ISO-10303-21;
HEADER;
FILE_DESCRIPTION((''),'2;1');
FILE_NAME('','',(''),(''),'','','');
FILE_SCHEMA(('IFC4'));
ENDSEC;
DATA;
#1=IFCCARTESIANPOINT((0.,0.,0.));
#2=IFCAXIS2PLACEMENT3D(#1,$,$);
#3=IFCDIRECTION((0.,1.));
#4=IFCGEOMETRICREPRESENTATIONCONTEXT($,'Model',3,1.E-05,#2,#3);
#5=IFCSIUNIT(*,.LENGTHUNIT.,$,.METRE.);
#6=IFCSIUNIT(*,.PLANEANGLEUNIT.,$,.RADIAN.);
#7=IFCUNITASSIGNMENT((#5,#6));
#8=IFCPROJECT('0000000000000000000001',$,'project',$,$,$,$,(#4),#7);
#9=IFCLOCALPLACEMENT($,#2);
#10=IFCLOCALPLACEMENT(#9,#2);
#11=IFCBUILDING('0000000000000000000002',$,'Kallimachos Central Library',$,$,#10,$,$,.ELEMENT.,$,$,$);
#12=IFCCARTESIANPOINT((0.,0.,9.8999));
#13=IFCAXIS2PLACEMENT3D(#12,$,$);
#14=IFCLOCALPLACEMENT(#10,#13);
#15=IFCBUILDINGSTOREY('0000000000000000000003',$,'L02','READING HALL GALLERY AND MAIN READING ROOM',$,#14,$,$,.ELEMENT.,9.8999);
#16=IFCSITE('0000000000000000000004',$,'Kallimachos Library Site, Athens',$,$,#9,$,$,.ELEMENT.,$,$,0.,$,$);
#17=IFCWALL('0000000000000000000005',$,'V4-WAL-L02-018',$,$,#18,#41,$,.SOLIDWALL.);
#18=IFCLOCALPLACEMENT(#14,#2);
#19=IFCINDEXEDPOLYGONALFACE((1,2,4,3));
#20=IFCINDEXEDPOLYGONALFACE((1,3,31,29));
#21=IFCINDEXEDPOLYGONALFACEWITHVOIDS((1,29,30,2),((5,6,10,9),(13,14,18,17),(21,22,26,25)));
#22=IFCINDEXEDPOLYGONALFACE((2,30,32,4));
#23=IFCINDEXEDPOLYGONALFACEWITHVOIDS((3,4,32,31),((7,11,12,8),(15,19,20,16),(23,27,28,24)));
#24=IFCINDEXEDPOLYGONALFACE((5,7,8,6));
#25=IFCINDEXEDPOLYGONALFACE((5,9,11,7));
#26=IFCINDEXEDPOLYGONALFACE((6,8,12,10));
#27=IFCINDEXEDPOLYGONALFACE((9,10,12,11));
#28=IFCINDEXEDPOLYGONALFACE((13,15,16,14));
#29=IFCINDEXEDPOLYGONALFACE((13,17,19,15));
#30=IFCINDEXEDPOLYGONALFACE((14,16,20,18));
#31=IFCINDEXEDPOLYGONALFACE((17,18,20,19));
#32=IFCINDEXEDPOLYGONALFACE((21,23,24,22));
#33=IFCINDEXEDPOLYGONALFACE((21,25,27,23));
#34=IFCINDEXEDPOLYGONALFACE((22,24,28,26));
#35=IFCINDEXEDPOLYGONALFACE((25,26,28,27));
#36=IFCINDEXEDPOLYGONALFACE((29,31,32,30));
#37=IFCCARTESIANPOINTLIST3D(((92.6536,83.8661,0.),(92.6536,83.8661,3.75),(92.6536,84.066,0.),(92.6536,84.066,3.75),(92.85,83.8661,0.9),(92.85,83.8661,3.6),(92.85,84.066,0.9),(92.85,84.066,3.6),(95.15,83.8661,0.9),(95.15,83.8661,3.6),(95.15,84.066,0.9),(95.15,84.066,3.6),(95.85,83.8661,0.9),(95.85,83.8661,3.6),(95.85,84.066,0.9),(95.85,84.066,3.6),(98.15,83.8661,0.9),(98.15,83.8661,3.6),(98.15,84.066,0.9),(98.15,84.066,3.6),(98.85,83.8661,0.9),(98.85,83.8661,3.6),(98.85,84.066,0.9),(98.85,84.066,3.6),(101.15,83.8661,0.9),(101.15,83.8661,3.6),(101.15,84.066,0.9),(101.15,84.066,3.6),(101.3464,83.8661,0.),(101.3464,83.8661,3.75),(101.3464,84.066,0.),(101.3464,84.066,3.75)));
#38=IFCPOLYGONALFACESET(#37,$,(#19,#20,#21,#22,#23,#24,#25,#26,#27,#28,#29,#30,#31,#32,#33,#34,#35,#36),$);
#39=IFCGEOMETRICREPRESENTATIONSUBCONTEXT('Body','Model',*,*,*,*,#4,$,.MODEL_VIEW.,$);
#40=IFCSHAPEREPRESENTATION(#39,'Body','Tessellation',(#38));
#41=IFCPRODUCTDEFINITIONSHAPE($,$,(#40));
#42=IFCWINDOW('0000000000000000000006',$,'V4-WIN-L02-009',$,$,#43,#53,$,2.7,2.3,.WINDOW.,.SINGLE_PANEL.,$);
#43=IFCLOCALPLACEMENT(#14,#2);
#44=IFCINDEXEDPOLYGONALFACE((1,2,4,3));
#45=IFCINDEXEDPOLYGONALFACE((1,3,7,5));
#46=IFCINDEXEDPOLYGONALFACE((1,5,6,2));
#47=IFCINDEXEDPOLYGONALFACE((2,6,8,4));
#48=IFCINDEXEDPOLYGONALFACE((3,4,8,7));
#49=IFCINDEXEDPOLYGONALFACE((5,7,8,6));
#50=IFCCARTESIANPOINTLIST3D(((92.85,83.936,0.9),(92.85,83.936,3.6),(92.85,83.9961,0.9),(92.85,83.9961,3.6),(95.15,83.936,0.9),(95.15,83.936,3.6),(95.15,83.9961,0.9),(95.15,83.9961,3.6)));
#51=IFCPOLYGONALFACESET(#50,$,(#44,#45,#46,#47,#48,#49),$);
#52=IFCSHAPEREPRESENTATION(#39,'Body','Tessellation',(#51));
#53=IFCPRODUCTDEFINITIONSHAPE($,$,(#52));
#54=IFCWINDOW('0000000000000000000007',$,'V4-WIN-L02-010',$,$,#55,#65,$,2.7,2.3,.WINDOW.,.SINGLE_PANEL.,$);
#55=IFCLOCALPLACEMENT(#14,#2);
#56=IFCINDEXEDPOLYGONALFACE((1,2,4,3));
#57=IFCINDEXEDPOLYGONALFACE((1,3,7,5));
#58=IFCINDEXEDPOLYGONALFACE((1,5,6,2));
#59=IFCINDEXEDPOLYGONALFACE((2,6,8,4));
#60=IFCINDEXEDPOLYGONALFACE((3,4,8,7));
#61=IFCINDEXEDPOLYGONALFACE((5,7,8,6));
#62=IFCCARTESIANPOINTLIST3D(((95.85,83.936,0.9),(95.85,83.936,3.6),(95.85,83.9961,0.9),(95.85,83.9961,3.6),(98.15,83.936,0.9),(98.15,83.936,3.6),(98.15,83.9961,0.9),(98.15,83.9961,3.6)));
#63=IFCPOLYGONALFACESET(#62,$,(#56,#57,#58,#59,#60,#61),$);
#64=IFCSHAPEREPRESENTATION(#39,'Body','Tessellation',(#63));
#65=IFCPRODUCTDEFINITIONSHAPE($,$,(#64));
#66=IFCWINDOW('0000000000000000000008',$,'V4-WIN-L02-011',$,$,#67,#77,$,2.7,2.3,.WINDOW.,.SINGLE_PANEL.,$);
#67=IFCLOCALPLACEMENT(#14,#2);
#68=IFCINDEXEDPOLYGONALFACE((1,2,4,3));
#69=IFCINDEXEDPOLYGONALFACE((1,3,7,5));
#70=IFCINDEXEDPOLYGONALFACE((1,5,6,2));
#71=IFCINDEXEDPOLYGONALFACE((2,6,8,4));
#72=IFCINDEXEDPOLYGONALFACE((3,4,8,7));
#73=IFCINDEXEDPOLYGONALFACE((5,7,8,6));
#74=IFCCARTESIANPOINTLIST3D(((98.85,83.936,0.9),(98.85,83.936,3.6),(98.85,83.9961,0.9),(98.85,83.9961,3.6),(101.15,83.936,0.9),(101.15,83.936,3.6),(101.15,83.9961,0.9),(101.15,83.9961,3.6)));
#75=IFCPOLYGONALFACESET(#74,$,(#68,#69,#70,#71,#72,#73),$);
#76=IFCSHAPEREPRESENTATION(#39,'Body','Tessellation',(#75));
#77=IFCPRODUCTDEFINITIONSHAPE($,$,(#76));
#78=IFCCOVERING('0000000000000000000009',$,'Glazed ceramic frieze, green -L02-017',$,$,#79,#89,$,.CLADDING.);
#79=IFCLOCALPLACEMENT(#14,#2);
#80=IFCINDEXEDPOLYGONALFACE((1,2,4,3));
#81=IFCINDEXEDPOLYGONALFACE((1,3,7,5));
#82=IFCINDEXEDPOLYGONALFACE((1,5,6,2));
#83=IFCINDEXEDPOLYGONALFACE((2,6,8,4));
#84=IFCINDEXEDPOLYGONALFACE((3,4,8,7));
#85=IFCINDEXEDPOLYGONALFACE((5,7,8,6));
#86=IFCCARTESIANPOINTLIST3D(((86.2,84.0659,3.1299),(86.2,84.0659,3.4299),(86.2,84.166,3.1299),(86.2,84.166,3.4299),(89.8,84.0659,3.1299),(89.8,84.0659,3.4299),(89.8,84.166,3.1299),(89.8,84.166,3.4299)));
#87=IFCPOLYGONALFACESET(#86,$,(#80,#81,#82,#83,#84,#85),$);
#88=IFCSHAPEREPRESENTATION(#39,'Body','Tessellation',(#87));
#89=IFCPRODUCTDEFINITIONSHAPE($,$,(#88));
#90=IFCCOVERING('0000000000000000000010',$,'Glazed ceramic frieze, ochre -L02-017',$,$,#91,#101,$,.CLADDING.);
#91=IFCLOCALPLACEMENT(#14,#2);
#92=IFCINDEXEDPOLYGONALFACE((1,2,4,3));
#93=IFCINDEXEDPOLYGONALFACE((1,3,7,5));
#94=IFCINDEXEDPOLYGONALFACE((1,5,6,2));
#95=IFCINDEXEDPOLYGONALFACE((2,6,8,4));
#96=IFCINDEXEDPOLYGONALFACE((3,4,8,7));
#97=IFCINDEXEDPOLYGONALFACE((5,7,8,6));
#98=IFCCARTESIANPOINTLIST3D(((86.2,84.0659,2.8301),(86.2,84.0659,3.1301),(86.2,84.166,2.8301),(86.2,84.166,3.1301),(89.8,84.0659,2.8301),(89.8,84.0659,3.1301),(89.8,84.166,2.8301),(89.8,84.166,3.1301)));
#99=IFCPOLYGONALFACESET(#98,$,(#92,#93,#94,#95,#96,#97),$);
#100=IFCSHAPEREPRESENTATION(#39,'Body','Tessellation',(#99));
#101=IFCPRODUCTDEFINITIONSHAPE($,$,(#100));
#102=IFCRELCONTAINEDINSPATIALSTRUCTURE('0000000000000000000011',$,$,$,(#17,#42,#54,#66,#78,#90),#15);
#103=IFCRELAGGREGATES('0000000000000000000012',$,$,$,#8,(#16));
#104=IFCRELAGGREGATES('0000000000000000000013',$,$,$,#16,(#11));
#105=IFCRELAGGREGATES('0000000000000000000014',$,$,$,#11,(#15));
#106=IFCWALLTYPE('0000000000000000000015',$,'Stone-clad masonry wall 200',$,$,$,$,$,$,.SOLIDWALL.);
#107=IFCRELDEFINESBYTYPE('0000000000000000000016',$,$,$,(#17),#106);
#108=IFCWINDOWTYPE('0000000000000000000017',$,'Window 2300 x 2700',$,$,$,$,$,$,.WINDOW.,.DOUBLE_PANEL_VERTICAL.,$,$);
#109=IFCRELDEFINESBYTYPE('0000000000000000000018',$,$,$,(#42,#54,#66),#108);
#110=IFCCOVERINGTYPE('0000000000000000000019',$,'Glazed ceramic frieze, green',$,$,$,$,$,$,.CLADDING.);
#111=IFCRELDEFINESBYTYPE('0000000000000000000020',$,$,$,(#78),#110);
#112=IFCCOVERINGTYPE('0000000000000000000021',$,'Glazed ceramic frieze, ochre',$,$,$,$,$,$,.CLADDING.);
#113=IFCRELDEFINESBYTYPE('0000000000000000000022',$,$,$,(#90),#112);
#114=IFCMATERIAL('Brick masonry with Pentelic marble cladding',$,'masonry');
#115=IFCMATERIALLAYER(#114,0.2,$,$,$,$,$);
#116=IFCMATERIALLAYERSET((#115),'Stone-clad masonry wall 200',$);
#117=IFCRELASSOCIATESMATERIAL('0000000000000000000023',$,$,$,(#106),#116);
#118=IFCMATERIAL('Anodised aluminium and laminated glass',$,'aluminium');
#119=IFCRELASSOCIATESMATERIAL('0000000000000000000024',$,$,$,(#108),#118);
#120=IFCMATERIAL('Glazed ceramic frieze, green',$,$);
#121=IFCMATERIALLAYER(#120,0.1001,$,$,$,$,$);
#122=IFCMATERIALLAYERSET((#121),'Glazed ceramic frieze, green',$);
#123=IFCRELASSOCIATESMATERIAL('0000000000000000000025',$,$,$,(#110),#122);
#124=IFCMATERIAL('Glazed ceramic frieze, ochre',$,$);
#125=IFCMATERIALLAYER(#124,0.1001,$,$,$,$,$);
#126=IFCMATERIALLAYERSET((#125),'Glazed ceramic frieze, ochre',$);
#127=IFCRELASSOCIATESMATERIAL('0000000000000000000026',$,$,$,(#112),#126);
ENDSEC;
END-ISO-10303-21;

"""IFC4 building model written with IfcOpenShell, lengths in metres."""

from ifc_helpers import new_model, si_unit, direction, frame, frame_2d, origin, origin_2d, place, context, subcontext, project, spatial, rectangle, extrude, material, layer, layer_set, type_object, element, fill, save


model = new_model("IFC4")

# Units and contexts
model_context = context("Model", 3, precision=1e-05, world=origin(), true_north=direction((0.0, 1.0)))
body_context = subcontext(model_context, "Body", "Model", "MODEL_VIEW")
ifc_project = project(units=[si_unit("LENGTHUNIT", "METRE"), si_unit("PLANEANGLEUNIT", "RADIAN")], contexts=[model_context])

# Site, building, storey
site_placement = place(None, origin())
site = spatial("IfcSite", under=ifc_project, at=site_placement, Name="Kallimachos Library Site, Athens", CompositionType="ELEMENT", RefElevation=0.0)
building_placement = place(site_placement, origin())
building = spatial("IfcBuilding", under=site, at=building_placement, Name="Kallimachos Central Library", CompositionType="ELEMENT")
storey_placement = place(building_placement, frame((0.0, 0.0, 9.8999)))
storey = spatial("IfcBuildingStorey", under=building, at=storey_placement, Name="L02", Description="READING HALL GALLERY AND MAIN READING ROOM", CompositionType="ELEMENT", Elevation=9.8999)

# Wall, openings, windows
ifc_material_1 = material(Name="Brick masonry with Pentelic marble cladding", Category="masonry")
ifc_layer_1 = layer(ifc_material_1, 0.2)
ifc_layer_set_1 = layer_set([ifc_layer_1], Name="Stone-clad masonry wall 200")
wall_type = type_object("IfcWallType", Name="Stone-clad masonry wall 200", PredefinedType="SOLIDWALL", material=ifc_layer_set_1)
wall_placement = place(storey_placement, frame((92.6536, 83.9661, 0.0), z_axis=(0.0, 0.0, 1.0), x_axis=(1.0, 0.0, 0.0)))
wall = element("IfcWall", 1, at=wall_placement, inside=storey, type_object=wall_type, Name="V4-WAL-L02-018", PredefinedType="SOLIDWALL", context=body_context, shape_type="SweptSolid", body=[
    extrude(rectangle(XDim=8.6929, YDim=0.2, at=frame_2d((4.3464, 0.0))), origin(), (0.0, 0.0, 1.0), 3.75),
])
opening_1_placement = place(wall_placement, frame((0.1965, 0.0, 0.8999)))
opening_1 = element("IfcOpeningElement", 2, at=opening_1_placement, cuts=wall, PredefinedType="OPENING", context=body_context, shape_type="SweptSolid", body=[
    extrude(rectangle(XDim=2.3, YDim=2.7, at=frame_2d((1.1499, 1.3501))), frame((0.0, 0.1099, 0.0), z_axis=(0.0, -1.0, 0.0), x_axis=(1.0, 0.0, 0.0)), (0.0, 0.0, 1.0), 0.22),
])
opening_2_placement = place(wall_placement, frame((3.1965, 0.0, 0.8999)))
opening_2 = element("IfcOpeningElement", 3, at=opening_2_placement, cuts=wall, PredefinedType="OPENING", context=body_context, shape_type="SweptSolid", body=[
    extrude(rectangle(XDim=2.3, YDim=2.7, at=frame_2d((1.1499, 1.3501))), frame((0.0, 0.1099, 0.0), z_axis=(0.0, -1.0, 0.0), x_axis=(1.0, 0.0, 0.0)), (0.0, 0.0, 1.0), 0.22),
])
opening_3_placement = place(wall_placement, frame((6.1965, 0.0, 0.8999)))
opening_3 = element("IfcOpeningElement", 4, at=opening_3_placement, cuts=wall, PredefinedType="OPENING", context=body_context, shape_type="SweptSolid", body=[
    extrude(rectangle(XDim=2.3, YDim=2.7, at=frame_2d((1.1499, 1.3501))), frame((0.0, 0.1099, 0.0), z_axis=(0.0, -1.0, 0.0), x_axis=(1.0, 0.0, 0.0)), (0.0, 0.0, 1.0), 0.22),
])
ifc_material_2 = material(Name="Anodised aluminium and laminated glass", Category="aluminium")
window_type = type_object("IfcWindowType", Name="Window 2300 x 2700", PartitioningType="DOUBLE_PANEL_VERTICAL", PredefinedType="WINDOW", material=ifc_material_2)
window_1_placement = place(opening_1_placement, origin())
window_1 = element("IfcWindow", 5, at=window_1_placement, inside=storey, type_object=window_type, Name="V4-WIN-L02-009", OverallHeight=2.7, OverallWidth=2.3, PartitioningType="SINGLE_PANEL", PredefinedType="WINDOW", context=body_context, shape_type="SweptSolid", body=[
    extrude(rectangle(XDim=2.3, YDim=2.7, at=frame_2d((1.1499, 1.3501))), frame((0.0, 0.03, 0.0), z_axis=(0.0, -1.0, 0.0), x_axis=(1.0, 0.0, 0.0)), (0.0, 0.0, 1.0), 0.0601),
])
fill(opening_1, window_1)
window_2_placement = place(opening_2_placement, origin())
window_2 = element("IfcWindow", 6, at=window_2_placement, inside=storey, type_object=window_type, Name="V4-WIN-L02-010", OverallHeight=2.7, OverallWidth=2.3, PartitioningType="SINGLE_PANEL", PredefinedType="WINDOW", context=body_context, shape_type="SweptSolid", body=[
    extrude(rectangle(XDim=2.3, YDim=2.7, at=frame_2d((1.1499, 1.3501))), frame((0.0, 0.03, 0.0), z_axis=(0.0, -1.0, 0.0), x_axis=(1.0, 0.0, 0.0)), (0.0, 0.0, 1.0), 0.0601),
])
fill(opening_2, window_2)
window_3_placement = place(opening_3_placement, origin())
window_3 = element("IfcWindow", 7, at=window_3_placement, inside=storey, type_object=window_type, Name="V4-WIN-L02-011", OverallHeight=2.7, OverallWidth=2.3, PartitioningType="SINGLE_PANEL", PredefinedType="WINDOW", context=body_context, shape_type="SweptSolid", body=[
    extrude(rectangle(XDim=2.3, YDim=2.7, at=frame_2d((1.1499, 1.3501))), frame((0.0, 0.03, 0.0), z_axis=(0.0, -1.0, 0.0), x_axis=(1.0, 0.0, 0.0)), (0.0, 0.0, 1.0), 0.0601),
])
fill(opening_3, window_3)

# Coverings
ifc_material_3 = material(Name="Glazed ceramic frieze, green")
ifc_layer_2 = layer(ifc_material_3, 0.1001)
ifc_layer_set_2 = layer_set([ifc_layer_2], Name="Glazed ceramic frieze, green")
covering_type_1 = type_object("IfcCoveringType", Name="Glazed ceramic frieze, green", PredefinedType="CLADDING", material=ifc_layer_set_2)
covering_1_placement = place(storey_placement, frame((88.0, 84.116, 3.1299), z_axis=(0.0, 0.0, 1.0), x_axis=(1.0, 0.0, 0.0)))
element("IfcCovering", 8, at=covering_1_placement, inside=storey, type_object=covering_type_1, Name="Glazed ceramic frieze, green -L02-017", PredefinedType="CLADDING", context=body_context, shape_type="SweptSolid", body=[
    extrude(rectangle(XDim=3.6001, YDim=0.1001, at=origin_2d()), origin(), (0.0, 0.0, 1.0), 0.3),
])
ifc_material_4 = material(Name="Glazed ceramic frieze, ochre")
ifc_layer_3 = layer(ifc_material_4, 0.1001)
ifc_layer_set_3 = layer_set([ifc_layer_3], Name="Glazed ceramic frieze, ochre")
covering_type_2 = type_object("IfcCoveringType", Name="Glazed ceramic frieze, ochre", PredefinedType="CLADDING", material=ifc_layer_set_3)
covering_2_placement = place(storey_placement, frame((88.0, 84.116, 2.8301), z_axis=(0.0, 0.0, 1.0), x_axis=(1.0, 0.0, 0.0)))
element("IfcCovering", 9, at=covering_2_placement, inside=storey, type_object=covering_type_2, Name="Glazed ceramic frieze, ochre -L02-017", PredefinedType="CLADDING", context=body_context, shape_type="SweptSolid", body=[
    extrude(rectangle(XDim=3.6001, YDim=0.1001, at=origin_2d()), origin(), (0.0, 0.0, 1.0), 0.3),
])

save(model, "model.ifc")
